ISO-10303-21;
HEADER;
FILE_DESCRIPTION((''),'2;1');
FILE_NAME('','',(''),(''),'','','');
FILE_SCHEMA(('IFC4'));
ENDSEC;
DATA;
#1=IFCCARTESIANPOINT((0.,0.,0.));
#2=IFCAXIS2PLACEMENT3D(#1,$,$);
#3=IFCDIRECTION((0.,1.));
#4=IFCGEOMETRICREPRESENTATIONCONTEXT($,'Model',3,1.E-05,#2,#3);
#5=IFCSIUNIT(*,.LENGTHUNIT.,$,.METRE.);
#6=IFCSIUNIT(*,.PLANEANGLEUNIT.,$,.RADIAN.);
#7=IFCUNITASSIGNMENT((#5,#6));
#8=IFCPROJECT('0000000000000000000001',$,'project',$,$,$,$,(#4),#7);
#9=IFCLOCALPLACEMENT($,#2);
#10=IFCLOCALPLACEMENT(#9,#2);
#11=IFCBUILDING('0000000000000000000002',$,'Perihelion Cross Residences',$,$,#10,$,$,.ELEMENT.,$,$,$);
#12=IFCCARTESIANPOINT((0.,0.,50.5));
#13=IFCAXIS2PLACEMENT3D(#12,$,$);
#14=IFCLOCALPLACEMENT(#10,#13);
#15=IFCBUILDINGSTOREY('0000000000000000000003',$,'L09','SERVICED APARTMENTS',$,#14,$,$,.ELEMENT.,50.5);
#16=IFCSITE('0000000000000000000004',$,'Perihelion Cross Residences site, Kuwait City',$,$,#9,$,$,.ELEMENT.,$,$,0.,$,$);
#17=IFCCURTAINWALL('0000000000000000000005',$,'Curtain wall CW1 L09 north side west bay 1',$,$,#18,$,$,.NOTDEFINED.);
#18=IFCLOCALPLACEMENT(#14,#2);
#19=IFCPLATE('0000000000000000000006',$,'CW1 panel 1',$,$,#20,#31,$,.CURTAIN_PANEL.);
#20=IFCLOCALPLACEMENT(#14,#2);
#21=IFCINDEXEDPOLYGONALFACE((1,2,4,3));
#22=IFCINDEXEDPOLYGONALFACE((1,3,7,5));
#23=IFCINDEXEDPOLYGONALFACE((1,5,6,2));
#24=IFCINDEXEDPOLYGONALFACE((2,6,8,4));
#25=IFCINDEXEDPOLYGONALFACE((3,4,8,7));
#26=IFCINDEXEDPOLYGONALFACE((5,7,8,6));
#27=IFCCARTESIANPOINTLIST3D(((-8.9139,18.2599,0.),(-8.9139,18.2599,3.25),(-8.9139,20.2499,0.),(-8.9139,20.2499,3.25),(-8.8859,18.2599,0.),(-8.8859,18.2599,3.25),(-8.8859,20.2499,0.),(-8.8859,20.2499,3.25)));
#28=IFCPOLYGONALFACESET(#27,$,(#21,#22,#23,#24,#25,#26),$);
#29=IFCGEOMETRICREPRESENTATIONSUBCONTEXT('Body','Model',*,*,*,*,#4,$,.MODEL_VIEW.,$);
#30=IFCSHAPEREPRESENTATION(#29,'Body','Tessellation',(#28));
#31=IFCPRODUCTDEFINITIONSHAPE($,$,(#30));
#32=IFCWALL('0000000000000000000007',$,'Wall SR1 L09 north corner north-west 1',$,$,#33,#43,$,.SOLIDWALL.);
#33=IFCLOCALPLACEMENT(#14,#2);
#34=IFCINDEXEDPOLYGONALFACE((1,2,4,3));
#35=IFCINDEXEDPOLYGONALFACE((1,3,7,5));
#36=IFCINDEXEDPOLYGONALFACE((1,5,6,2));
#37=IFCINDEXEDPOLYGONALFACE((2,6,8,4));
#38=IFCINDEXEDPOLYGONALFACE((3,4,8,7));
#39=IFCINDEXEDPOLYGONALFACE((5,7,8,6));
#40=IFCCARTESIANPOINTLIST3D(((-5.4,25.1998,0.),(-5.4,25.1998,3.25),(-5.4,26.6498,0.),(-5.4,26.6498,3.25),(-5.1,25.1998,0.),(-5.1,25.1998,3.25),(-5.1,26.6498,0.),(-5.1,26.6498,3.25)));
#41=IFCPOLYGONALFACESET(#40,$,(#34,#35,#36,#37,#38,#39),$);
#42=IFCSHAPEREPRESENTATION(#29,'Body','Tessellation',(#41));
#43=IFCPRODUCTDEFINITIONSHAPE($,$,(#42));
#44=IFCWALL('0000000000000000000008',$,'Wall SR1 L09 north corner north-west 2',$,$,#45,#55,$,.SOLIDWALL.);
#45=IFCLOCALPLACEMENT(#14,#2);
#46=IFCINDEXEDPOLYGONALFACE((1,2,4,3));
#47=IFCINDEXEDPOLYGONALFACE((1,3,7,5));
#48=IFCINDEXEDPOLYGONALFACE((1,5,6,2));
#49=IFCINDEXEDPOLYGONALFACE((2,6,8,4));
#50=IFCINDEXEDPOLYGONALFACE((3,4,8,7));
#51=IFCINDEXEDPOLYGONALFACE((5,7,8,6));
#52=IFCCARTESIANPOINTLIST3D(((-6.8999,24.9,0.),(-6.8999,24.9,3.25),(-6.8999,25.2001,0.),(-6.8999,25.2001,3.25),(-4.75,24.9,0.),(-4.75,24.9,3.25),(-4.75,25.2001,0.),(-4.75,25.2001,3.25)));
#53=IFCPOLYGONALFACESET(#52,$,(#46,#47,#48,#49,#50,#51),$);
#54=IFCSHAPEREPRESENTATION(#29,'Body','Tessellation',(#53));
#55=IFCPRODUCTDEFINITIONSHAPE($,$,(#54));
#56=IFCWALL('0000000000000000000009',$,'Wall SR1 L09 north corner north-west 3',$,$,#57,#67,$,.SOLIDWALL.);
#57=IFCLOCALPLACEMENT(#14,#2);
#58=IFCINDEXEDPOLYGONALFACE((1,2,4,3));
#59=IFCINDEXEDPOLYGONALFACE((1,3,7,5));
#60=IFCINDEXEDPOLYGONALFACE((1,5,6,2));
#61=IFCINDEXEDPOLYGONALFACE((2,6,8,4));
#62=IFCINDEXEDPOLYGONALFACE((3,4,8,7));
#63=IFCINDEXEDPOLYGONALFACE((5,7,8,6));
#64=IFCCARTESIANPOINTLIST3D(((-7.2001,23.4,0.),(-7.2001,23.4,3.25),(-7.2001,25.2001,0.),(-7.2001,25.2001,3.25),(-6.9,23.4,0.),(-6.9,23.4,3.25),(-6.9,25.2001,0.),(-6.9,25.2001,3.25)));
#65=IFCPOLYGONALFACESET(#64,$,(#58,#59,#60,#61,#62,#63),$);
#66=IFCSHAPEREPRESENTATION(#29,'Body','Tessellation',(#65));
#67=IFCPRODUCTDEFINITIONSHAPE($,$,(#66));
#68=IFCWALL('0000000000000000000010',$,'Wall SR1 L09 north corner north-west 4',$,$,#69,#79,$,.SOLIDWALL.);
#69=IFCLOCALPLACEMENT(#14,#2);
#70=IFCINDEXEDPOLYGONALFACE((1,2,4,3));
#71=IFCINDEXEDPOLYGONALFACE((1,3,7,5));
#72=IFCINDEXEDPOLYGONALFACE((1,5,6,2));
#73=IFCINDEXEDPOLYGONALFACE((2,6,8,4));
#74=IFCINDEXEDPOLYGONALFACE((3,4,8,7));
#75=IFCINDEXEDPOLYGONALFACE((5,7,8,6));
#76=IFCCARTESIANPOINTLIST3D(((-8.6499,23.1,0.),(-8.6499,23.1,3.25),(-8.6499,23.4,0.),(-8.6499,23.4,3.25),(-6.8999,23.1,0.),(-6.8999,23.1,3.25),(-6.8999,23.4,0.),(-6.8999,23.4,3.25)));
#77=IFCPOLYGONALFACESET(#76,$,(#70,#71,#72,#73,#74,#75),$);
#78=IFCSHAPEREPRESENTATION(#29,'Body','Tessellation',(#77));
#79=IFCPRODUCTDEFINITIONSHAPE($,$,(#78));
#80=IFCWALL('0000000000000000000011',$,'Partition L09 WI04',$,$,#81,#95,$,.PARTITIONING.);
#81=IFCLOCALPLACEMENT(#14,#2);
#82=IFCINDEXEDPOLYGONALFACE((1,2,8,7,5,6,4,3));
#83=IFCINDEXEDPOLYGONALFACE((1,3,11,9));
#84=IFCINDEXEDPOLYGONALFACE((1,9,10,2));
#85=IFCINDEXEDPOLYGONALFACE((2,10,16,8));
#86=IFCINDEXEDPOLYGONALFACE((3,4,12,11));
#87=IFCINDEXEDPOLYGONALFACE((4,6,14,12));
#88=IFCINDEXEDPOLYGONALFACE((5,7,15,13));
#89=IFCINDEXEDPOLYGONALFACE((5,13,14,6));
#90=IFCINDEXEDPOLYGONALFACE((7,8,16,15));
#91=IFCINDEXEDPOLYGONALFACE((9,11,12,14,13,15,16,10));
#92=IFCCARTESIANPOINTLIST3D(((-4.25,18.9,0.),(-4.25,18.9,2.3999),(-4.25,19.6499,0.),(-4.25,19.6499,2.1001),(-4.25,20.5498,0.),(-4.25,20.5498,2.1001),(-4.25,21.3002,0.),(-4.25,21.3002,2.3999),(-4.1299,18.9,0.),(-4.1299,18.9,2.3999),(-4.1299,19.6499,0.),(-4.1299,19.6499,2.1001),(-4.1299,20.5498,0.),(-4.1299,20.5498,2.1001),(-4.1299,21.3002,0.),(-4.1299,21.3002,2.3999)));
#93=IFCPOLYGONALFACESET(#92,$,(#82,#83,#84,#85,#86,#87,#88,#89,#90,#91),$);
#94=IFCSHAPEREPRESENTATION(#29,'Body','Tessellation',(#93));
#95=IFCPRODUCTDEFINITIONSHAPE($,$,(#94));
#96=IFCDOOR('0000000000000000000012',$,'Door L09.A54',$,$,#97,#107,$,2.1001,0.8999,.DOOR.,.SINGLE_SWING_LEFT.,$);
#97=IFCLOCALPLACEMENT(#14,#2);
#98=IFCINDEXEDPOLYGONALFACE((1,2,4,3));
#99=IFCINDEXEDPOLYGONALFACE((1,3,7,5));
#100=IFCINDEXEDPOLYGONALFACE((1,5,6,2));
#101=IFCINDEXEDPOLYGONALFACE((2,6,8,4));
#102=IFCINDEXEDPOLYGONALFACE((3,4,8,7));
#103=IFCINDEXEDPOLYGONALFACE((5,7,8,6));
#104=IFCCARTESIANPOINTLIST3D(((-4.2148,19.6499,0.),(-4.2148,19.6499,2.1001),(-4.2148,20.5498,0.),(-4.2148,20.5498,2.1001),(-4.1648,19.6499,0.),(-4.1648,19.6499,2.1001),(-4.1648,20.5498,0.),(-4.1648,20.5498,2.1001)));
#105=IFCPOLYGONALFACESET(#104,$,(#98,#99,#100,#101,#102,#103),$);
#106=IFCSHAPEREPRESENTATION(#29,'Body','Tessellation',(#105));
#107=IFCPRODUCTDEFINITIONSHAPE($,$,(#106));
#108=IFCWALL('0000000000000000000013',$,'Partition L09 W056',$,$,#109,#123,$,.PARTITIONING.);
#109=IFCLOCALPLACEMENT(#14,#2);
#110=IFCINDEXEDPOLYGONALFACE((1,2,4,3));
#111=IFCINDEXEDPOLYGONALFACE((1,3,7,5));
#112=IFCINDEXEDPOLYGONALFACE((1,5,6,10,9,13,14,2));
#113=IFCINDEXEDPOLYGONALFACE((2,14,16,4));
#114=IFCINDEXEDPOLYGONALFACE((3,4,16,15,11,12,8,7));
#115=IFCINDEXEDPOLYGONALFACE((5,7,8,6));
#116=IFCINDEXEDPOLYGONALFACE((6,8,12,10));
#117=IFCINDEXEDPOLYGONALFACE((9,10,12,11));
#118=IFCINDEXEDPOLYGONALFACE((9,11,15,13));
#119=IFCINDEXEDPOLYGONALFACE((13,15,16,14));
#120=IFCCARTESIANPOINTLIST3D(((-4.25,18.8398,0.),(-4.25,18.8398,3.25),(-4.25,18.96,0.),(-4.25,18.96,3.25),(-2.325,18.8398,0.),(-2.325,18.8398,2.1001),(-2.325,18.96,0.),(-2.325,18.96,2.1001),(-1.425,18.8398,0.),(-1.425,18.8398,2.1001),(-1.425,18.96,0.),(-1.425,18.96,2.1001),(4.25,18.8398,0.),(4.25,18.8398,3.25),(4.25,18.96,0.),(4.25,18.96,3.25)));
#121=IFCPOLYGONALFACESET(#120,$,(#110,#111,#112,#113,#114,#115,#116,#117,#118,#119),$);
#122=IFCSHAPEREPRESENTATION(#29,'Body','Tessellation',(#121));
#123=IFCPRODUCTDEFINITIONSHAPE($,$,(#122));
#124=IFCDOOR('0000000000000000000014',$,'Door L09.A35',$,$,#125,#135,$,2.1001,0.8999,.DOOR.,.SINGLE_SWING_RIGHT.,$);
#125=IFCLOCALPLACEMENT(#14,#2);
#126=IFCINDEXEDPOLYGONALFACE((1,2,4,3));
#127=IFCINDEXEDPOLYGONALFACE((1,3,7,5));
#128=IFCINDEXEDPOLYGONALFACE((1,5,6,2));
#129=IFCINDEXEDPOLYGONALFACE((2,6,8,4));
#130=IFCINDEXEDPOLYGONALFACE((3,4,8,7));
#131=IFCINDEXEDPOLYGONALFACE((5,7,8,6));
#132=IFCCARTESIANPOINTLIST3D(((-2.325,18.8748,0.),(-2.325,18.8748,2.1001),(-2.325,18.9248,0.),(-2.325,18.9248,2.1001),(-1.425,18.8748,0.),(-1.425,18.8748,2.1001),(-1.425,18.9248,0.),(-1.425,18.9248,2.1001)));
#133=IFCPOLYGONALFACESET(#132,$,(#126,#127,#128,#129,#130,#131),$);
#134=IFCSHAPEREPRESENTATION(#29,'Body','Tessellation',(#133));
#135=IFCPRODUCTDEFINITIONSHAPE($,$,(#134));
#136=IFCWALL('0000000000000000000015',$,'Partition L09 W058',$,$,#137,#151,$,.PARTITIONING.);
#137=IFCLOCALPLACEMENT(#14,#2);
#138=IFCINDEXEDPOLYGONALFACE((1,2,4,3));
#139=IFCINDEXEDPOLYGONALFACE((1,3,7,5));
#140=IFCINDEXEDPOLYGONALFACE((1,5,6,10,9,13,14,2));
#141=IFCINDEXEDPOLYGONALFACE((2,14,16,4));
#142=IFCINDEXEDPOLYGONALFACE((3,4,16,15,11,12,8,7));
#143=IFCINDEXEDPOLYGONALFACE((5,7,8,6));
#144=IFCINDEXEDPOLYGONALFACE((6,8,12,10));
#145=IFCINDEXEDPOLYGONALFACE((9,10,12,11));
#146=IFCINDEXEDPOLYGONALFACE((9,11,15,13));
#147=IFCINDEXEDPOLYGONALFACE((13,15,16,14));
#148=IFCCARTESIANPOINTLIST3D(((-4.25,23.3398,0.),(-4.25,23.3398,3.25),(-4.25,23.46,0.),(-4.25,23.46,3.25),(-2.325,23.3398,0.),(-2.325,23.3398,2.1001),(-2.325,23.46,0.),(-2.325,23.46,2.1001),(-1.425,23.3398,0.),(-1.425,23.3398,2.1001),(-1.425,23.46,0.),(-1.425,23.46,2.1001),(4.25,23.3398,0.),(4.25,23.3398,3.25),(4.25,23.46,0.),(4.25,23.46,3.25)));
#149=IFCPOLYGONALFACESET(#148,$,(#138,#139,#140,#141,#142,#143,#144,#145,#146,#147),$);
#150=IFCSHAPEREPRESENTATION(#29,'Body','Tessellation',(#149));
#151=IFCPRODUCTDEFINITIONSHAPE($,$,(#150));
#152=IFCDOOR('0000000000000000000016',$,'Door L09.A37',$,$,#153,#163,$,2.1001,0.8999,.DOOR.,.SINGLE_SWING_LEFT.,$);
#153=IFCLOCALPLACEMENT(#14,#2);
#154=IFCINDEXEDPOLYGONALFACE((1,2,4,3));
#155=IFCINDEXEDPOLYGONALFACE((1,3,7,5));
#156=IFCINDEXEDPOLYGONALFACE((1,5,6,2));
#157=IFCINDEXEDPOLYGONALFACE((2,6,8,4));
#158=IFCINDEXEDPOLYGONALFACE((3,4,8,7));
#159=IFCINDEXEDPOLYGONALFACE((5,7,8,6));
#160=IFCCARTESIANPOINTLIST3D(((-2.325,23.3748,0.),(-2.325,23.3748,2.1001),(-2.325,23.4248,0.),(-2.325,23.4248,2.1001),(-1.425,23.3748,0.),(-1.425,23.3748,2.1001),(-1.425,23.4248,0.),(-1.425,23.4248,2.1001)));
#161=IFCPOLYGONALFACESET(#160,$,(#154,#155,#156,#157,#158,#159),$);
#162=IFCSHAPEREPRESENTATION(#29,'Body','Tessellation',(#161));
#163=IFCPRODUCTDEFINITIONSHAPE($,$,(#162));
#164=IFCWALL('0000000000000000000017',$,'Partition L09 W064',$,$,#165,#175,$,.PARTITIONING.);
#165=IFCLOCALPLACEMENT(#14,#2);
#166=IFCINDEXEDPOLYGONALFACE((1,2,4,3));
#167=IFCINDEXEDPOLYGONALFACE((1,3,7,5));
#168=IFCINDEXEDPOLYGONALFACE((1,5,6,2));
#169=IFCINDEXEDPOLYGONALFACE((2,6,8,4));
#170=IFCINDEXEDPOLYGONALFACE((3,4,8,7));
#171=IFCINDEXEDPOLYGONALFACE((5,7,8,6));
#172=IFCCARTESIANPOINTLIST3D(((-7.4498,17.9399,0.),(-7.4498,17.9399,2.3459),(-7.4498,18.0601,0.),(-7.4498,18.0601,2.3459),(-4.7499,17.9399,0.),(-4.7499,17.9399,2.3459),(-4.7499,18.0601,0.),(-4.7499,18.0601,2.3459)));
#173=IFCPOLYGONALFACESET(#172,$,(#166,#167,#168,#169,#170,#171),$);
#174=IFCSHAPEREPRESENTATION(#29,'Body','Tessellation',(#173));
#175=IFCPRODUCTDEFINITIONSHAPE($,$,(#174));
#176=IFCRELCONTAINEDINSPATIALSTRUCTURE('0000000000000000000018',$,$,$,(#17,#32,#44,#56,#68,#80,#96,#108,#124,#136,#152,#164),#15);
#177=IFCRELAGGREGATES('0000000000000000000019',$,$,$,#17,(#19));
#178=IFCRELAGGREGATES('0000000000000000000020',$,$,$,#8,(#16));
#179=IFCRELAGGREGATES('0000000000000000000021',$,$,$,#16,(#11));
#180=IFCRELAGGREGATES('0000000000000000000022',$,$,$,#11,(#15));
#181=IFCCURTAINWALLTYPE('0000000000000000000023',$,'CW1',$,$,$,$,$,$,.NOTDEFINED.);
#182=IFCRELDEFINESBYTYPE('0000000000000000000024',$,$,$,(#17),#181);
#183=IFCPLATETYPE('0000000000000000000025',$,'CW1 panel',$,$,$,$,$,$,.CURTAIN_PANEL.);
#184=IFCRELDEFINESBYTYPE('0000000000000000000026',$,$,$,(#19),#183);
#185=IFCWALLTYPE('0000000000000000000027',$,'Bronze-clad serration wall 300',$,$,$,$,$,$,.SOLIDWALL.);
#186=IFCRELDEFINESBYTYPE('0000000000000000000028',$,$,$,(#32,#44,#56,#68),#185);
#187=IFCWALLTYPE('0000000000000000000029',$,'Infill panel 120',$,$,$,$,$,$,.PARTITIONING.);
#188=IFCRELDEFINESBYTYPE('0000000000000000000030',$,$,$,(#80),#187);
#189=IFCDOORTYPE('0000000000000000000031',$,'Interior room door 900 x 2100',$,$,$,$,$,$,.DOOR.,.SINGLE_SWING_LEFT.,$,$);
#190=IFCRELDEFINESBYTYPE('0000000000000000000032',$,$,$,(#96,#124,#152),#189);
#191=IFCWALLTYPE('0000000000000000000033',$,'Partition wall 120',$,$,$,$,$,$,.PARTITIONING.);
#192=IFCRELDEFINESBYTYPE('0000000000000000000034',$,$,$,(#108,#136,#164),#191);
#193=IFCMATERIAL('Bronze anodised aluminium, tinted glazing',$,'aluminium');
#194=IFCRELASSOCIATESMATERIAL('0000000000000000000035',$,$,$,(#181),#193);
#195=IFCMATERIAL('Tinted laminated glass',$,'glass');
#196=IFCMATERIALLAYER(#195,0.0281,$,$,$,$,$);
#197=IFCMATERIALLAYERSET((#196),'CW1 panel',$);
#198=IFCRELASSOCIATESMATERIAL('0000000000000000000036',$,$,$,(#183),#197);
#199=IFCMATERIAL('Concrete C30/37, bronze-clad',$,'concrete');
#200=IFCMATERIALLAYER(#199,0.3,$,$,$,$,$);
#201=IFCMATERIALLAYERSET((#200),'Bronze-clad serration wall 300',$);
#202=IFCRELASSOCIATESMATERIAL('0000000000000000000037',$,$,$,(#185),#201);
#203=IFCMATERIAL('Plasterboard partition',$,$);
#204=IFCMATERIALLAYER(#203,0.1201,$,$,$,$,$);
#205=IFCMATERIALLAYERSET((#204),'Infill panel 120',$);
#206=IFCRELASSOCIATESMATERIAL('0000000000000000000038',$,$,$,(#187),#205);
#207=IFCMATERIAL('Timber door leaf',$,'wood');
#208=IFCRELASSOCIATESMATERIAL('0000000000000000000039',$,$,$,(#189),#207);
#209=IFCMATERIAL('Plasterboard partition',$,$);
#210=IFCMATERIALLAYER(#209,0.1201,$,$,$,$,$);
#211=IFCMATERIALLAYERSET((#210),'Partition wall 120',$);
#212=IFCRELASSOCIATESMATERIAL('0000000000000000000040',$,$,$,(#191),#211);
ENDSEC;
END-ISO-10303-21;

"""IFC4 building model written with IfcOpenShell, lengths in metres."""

from ifc_helpers import new_model, si_unit, direction, frame, frame_2d, origin, origin_2d, place, context, subcontext, project, spatial, rectangle, extrude, material, layer, layer_set, type_object, element, fill, aggregate, save


model = new_model("IFC4")

# Units and contexts
model_context = context("Model", 3, precision=1e-05, world=origin(), true_north=direction((0.0, 1.0)))
body_context = subcontext(model_context, "Body", "Model", "MODEL_VIEW")
ifc_project = project(units=[si_unit("LENGTHUNIT", "METRE"), si_unit("PLANEANGLEUNIT", "RADIAN")], contexts=[model_context])

# Site, building, storey
site_placement = place(None, origin())
site = spatial("IfcSite", under=ifc_project, at=site_placement, Name="Perihelion Cross Residences site, Kuwait City", CompositionType="ELEMENT", RefElevation=0.0)
building_placement = place(site_placement, origin())
building = spatial("IfcBuilding", under=site, at=building_placement, Name="Perihelion Cross Residences", CompositionType="ELEMENT")
storey_placement = place(building_placement, frame((0.0, 0.0, 50.5)))
storey = spatial("IfcBuildingStorey", under=building, at=storey_placement, Name="L09", Description="SERVICED APARTMENTS", CompositionType="ELEMENT", Elevation=50.5)

# Shared definitions
ifc_material_1 = material(Name="Bronze anodised aluminium, tinted glazing", Category="aluminium")
curtain_wall_type = type_object("IfcCurtainWallType", Name="CW1", PredefinedType="NOTDEFINED", material=ifc_material_1)

# Shared definitions
ifc_material_2 = material(Name="Tinted laminated glass", Category="glass")
ifc_layer_1 = layer(ifc_material_2, 0.0281)
ifc_layer_set_1 = layer_set([ifc_layer_1], Name="CW1 panel")
plate_type = type_object("IfcPlateType", Name="CW1 panel", PredefinedType="CURTAIN_PANEL", material=ifc_layer_set_1)

# Curtain wall, plate
curtain_wall_1_placement = place(storey_placement, origin())
curtain_wall_1 = element("IfcCurtainWall", 1, at=curtain_wall_1_placement, inside=storey, type_object=curtain_wall_type, Name="Curtain wall CW1 L09 north side west bay 1", PredefinedType="NOTDEFINED")
plate_1_placement = place(storey_placement, frame((-8.8999, 19.2549, 0.0), z_axis=(0.0, 0.0, 1.0), x_axis=(0.0, -1.0, 0.0)))
plate_1 = element("IfcPlate", 2, at=plate_1_placement, type_object=plate_type, Name="CW1 panel 1", PredefinedType="CURTAIN_PANEL", context=body_context, shape_type="SweptSolid", body=[
    extrude(rectangle(XDim=1.99, YDim=0.0281, at=origin_2d()), origin(), (0.0, 0.0, 1.0), 3.25),
])
aggregate(curtain_wall_1, [plate_1])

# Walls
ifc_material_3 = material(Name="Concrete C30/37, bronze-clad", Category="concrete")
ifc_layer_2 = layer(ifc_material_3, 0.3)
ifc_layer_set_2 = layer_set([ifc_layer_2], Name="Bronze-clad serration wall 300")
wall_type_1 = type_object("IfcWallType", Name="Bronze-clad serration wall 300", PredefinedType="SOLIDWALL", material=ifc_layer_set_2)
wall_1_placement = place(storey_placement, frame((-5.25, 26.6499, 0.0), z_axis=(0.0, 0.0, 1.0), x_axis=(0.0, -1.0, 0.0)))
element("IfcWall", 3, at=wall_1_placement, inside=storey, type_object=wall_type_1, Name="Wall SR1 L09 north corner north-west 1", PredefinedType="SOLIDWALL", context=body_context, shape_type="SweptSolid", body=[
    extrude(rectangle(XDim=1.45, YDim=0.3, at=frame_2d((0.7251, 0.0))), origin(), (0.0, 0.0, 1.0), 3.25),
])
wall_2_placement = place(storey_placement, frame((-4.75, 25.05, 0.0), z_axis=(0.0, 0.0, 1.0), x_axis=(-1.0, 0.0, 0.0)))
element("IfcWall", 4, at=wall_2_placement, inside=storey, type_object=wall_type_1, Name="Wall SR1 L09 north corner north-west 2", PredefinedType="SOLIDWALL", context=body_context, shape_type="SweptSolid", body=[
    extrude(rectangle(XDim=2.1499, YDim=0.3, at=frame_2d((1.075, 0.0))), origin(), (0.0, 0.0, 1.0), 3.25),
])
wall_3_placement = place(storey_placement, frame((-7.05, 25.2, 0.0), z_axis=(0.0, 0.0, 1.0), x_axis=(0.0, -1.0, 0.0)))
element("IfcWall", 5, at=wall_3_placement, inside=storey, type_object=wall_type_1, Name="Wall SR1 L09 north corner north-west 3", PredefinedType="SOLIDWALL", context=body_context, shape_type="SweptSolid", body=[
    extrude(rectangle(XDim=1.8, YDim=0.3, at=frame_2d((0.8999, 0.0))), origin(), (0.0, 0.0, 1.0), 3.25),
])
wall_4_placement = place(storey_placement, frame((-6.8999, 23.25, 0.0), z_axis=(0.0, 0.0, 1.0), x_axis=(-1.0, 0.0, 0.0)))
element("IfcWall", 6, at=wall_4_placement, inside=storey, type_object=wall_type_1, Name="Wall SR1 L09 north corner north-west 4", PredefinedType="SOLIDWALL", context=body_context, shape_type="SweptSolid", body=[
    extrude(rectangle(XDim=1.75, YDim=0.3, at=frame_2d((0.875, 0.0))), origin(), (0.0, 0.0, 1.0), 3.25),
])

# Walls, openings, doors
ifc_material_4 = material(Name="Plasterboard partition")
ifc_layer_3 = layer(ifc_material_4, 0.1201)
ifc_layer_set_3 = layer_set([ifc_layer_3], Name="Infill panel 120")
wall_type_2 = type_object("IfcWallType", Name="Infill panel 120", PredefinedType="PARTITIONING", material=ifc_layer_set_3)
wall_5_placement = place(storey_placement, frame((-4.1899, 18.8999, 0.0), z_axis=(0.0, 0.0, 1.0), x_axis=(0.0, 1.0, 0.0)))
wall_5 = element("IfcWall", 7, at=wall_5_placement, inside=storey, type_object=wall_type_2, Name="Partition L09 WI04", PredefinedType="PARTITIONING", context=body_context, shape_type="SweptSolid", body=[
    extrude(rectangle(XDim=2.4001, YDim=0.1201, at=frame_2d((1.2002, 0.0))), origin(), (0.0, 0.0, 1.0), 2.3999),
])
opening_1_placement = place(wall_5_placement, frame((0.75, 0.0, 0.0)))
opening_1 = element("IfcOpeningElement", 8, at=opening_1_placement, cuts=wall_5, PredefinedType="OPENING", context=body_context, shape_type="SweptSolid", body=[
    extrude(rectangle(XDim=0.8999, YDim=2.1001, at=frame_2d((0.45, 1.05))), frame((0.0, 0.0701, 0.0), z_axis=(0.0, -1.0, 0.0), x_axis=(1.0, 0.0, 0.0)), (0.0, 0.0, 1.0), 0.1401),
])
ifc_material_5 = material(Name="Timber door leaf", Category="wood")
door_type_1 = type_object("IfcDoorType", Name="Interior room door 900 x 2100", OperationType="SINGLE_SWING_LEFT", PredefinedType="DOOR", material=ifc_material_5)
door_1_placement = place(opening_1_placement, origin())
door_1 = element("IfcDoor", 9, at=door_1_placement, inside=storey, type_object=door_type_1, Name="Door L09.A54", OperationType="SINGLE_SWING_LEFT", OverallHeight=2.1001, OverallWidth=0.8999, PredefinedType="DOOR", context=body_context, shape_type="SweptSolid", body=[
    extrude(rectangle(XDim=0.8999, YDim=2.1001, at=frame_2d((0.45, 1.05))), frame((0.0, 0.0249, 0.0), z_axis=(0.0, -1.0, 0.0), x_axis=(1.0, 0.0, 0.0)), (0.0, 0.0, 1.0), 0.05),
])
fill(opening_1, door_1)
ifc_material_6 = material(Name="Plasterboard partition")
ifc_layer_4 = layer(ifc_material_6, 0.1201)
ifc_layer_set_4 = layer_set([ifc_layer_4], Name="Partition wall 120")
wall_type_3 = type_object("IfcWallType", Name="Partition wall 120", PredefinedType="PARTITIONING", material=ifc_layer_set_4)
wall_6_placement = place(storey_placement, frame((-4.25, 18.8999, 0.0), z_axis=(0.0, 0.0, 1.0), x_axis=(1.0, 0.0, 0.0)))
wall_6 = element("IfcWall", 10, at=wall_6_placement, inside=storey, type_object=wall_type_3, Name="Partition L09 W056", PredefinedType="PARTITIONING", context=body_context, shape_type="SweptSolid", body=[
    extrude(rectangle(XDim=8.5, YDim=0.1201, at=frame_2d((4.25, 0.0))), origin(), (0.0, 0.0, 1.0), 3.25),
])
opening_2_placement = place(wall_6_placement, frame((1.925, 0.0, 0.0)))
opening_2 = element("IfcOpeningElement", 11, at=opening_2_placement, cuts=wall_6, PredefinedType="OPENING", context=body_context, shape_type="SweptSolid", body=[
    extrude(rectangle(XDim=0.8999, YDim=2.1001, at=frame_2d((0.45, 1.05))), frame((0.0, 0.0701, 0.0), z_axis=(0.0, -1.0, 0.0), x_axis=(1.0, 0.0, 0.0)), (0.0, 0.0, 1.0), 0.1401),
])
door_2_placement = place(opening_2_placement, origin())
door_2 = element("IfcDoor", 12, at=door_2_placement, inside=storey, type_object=door_type_1, Name="Door L09.A35", OperationType="SINGLE_SWING_RIGHT", OverallHeight=2.1001, OverallWidth=0.8999, PredefinedType="DOOR", context=body_context, shape_type="SweptSolid", body=[
    extrude(rectangle(XDim=0.8999, YDim=2.1001, at=frame_2d((0.45, 1.05))), frame((0.0, 0.0249, 0.0), z_axis=(0.0, -1.0, 0.0), x_axis=(1.0, 0.0, 0.0)), (0.0, 0.0, 1.0), 0.05),
])
fill(opening_2, door_2)
wall_7_placement = place(storey_placement, frame((-4.25, 23.3999, 0.0), z_axis=(0.0, 0.0, 1.0), x_axis=(1.0, 0.0, 0.0)))
wall_7 = element("IfcWall", 13, at=wall_7_placement, inside=storey, type_object=wall_type_3, Name="Partition L09 W058", PredefinedType="PARTITIONING", context=body_context, shape_type="SweptSolid", body=[
    extrude(rectangle(XDim=8.5, YDim=0.1201, at=frame_2d((4.25, 0.0))), origin(), (0.0, 0.0, 1.0), 3.25),
])
opening_3_placement = place(wall_7_placement, frame((1.925, 0.0, 0.0)))
opening_3 = element("IfcOpeningElement", 14, at=opening_3_placement, cuts=wall_7, PredefinedType="OPENING", context=body_context, shape_type="SweptSolid", body=[
    extrude(rectangle(XDim=0.8999, YDim=2.1001, at=frame_2d((0.45, 1.05))), frame((0.0, 0.0701, 0.0), z_axis=(0.0, -1.0, 0.0), x_axis=(1.0, 0.0, 0.0)), (0.0, 0.0, 1.0), 0.1401),
])
door_3_placement = place(opening_3_placement, origin())
door_3 = element("IfcDoor", 15, at=door_3_placement, inside=storey, type_object=door_type_1, Name="Door L09.A37", OperationType="SINGLE_SWING_LEFT", OverallHeight=2.1001, OverallWidth=0.8999, PredefinedType="DOOR", context=body_context, shape_type="SweptSolid", body=[
    extrude(rectangle(XDim=0.8999, YDim=2.1001, at=frame_2d((0.45, 1.05))), frame((0.0, 0.0249, 0.0), z_axis=(0.0, -1.0, 0.0), x_axis=(1.0, 0.0, 0.0)), (0.0, 0.0, 1.0), 0.05),
])
fill(opening_3, door_3)

# Wall
wall_8_placement = place(storey_placement, frame((-7.45, 18.0, 0.0), z_axis=(0.0, 0.0, 1.0), x_axis=(1.0, 0.0, 0.0)))
element("IfcWall", 16, at=wall_8_placement, inside=storey, type_object=wall_type_3, Name="Partition L09 W064", PredefinedType="PARTITIONING", context=body_context, shape_type="SweptSolid", body=[
    extrude(rectangle(XDim=2.7, YDim=0.1201, at=frame_2d((1.3501, 0.0))), origin(), (0.0, 0.0, 1.0), 2.3459),
])

save(model, "model.ifc")
